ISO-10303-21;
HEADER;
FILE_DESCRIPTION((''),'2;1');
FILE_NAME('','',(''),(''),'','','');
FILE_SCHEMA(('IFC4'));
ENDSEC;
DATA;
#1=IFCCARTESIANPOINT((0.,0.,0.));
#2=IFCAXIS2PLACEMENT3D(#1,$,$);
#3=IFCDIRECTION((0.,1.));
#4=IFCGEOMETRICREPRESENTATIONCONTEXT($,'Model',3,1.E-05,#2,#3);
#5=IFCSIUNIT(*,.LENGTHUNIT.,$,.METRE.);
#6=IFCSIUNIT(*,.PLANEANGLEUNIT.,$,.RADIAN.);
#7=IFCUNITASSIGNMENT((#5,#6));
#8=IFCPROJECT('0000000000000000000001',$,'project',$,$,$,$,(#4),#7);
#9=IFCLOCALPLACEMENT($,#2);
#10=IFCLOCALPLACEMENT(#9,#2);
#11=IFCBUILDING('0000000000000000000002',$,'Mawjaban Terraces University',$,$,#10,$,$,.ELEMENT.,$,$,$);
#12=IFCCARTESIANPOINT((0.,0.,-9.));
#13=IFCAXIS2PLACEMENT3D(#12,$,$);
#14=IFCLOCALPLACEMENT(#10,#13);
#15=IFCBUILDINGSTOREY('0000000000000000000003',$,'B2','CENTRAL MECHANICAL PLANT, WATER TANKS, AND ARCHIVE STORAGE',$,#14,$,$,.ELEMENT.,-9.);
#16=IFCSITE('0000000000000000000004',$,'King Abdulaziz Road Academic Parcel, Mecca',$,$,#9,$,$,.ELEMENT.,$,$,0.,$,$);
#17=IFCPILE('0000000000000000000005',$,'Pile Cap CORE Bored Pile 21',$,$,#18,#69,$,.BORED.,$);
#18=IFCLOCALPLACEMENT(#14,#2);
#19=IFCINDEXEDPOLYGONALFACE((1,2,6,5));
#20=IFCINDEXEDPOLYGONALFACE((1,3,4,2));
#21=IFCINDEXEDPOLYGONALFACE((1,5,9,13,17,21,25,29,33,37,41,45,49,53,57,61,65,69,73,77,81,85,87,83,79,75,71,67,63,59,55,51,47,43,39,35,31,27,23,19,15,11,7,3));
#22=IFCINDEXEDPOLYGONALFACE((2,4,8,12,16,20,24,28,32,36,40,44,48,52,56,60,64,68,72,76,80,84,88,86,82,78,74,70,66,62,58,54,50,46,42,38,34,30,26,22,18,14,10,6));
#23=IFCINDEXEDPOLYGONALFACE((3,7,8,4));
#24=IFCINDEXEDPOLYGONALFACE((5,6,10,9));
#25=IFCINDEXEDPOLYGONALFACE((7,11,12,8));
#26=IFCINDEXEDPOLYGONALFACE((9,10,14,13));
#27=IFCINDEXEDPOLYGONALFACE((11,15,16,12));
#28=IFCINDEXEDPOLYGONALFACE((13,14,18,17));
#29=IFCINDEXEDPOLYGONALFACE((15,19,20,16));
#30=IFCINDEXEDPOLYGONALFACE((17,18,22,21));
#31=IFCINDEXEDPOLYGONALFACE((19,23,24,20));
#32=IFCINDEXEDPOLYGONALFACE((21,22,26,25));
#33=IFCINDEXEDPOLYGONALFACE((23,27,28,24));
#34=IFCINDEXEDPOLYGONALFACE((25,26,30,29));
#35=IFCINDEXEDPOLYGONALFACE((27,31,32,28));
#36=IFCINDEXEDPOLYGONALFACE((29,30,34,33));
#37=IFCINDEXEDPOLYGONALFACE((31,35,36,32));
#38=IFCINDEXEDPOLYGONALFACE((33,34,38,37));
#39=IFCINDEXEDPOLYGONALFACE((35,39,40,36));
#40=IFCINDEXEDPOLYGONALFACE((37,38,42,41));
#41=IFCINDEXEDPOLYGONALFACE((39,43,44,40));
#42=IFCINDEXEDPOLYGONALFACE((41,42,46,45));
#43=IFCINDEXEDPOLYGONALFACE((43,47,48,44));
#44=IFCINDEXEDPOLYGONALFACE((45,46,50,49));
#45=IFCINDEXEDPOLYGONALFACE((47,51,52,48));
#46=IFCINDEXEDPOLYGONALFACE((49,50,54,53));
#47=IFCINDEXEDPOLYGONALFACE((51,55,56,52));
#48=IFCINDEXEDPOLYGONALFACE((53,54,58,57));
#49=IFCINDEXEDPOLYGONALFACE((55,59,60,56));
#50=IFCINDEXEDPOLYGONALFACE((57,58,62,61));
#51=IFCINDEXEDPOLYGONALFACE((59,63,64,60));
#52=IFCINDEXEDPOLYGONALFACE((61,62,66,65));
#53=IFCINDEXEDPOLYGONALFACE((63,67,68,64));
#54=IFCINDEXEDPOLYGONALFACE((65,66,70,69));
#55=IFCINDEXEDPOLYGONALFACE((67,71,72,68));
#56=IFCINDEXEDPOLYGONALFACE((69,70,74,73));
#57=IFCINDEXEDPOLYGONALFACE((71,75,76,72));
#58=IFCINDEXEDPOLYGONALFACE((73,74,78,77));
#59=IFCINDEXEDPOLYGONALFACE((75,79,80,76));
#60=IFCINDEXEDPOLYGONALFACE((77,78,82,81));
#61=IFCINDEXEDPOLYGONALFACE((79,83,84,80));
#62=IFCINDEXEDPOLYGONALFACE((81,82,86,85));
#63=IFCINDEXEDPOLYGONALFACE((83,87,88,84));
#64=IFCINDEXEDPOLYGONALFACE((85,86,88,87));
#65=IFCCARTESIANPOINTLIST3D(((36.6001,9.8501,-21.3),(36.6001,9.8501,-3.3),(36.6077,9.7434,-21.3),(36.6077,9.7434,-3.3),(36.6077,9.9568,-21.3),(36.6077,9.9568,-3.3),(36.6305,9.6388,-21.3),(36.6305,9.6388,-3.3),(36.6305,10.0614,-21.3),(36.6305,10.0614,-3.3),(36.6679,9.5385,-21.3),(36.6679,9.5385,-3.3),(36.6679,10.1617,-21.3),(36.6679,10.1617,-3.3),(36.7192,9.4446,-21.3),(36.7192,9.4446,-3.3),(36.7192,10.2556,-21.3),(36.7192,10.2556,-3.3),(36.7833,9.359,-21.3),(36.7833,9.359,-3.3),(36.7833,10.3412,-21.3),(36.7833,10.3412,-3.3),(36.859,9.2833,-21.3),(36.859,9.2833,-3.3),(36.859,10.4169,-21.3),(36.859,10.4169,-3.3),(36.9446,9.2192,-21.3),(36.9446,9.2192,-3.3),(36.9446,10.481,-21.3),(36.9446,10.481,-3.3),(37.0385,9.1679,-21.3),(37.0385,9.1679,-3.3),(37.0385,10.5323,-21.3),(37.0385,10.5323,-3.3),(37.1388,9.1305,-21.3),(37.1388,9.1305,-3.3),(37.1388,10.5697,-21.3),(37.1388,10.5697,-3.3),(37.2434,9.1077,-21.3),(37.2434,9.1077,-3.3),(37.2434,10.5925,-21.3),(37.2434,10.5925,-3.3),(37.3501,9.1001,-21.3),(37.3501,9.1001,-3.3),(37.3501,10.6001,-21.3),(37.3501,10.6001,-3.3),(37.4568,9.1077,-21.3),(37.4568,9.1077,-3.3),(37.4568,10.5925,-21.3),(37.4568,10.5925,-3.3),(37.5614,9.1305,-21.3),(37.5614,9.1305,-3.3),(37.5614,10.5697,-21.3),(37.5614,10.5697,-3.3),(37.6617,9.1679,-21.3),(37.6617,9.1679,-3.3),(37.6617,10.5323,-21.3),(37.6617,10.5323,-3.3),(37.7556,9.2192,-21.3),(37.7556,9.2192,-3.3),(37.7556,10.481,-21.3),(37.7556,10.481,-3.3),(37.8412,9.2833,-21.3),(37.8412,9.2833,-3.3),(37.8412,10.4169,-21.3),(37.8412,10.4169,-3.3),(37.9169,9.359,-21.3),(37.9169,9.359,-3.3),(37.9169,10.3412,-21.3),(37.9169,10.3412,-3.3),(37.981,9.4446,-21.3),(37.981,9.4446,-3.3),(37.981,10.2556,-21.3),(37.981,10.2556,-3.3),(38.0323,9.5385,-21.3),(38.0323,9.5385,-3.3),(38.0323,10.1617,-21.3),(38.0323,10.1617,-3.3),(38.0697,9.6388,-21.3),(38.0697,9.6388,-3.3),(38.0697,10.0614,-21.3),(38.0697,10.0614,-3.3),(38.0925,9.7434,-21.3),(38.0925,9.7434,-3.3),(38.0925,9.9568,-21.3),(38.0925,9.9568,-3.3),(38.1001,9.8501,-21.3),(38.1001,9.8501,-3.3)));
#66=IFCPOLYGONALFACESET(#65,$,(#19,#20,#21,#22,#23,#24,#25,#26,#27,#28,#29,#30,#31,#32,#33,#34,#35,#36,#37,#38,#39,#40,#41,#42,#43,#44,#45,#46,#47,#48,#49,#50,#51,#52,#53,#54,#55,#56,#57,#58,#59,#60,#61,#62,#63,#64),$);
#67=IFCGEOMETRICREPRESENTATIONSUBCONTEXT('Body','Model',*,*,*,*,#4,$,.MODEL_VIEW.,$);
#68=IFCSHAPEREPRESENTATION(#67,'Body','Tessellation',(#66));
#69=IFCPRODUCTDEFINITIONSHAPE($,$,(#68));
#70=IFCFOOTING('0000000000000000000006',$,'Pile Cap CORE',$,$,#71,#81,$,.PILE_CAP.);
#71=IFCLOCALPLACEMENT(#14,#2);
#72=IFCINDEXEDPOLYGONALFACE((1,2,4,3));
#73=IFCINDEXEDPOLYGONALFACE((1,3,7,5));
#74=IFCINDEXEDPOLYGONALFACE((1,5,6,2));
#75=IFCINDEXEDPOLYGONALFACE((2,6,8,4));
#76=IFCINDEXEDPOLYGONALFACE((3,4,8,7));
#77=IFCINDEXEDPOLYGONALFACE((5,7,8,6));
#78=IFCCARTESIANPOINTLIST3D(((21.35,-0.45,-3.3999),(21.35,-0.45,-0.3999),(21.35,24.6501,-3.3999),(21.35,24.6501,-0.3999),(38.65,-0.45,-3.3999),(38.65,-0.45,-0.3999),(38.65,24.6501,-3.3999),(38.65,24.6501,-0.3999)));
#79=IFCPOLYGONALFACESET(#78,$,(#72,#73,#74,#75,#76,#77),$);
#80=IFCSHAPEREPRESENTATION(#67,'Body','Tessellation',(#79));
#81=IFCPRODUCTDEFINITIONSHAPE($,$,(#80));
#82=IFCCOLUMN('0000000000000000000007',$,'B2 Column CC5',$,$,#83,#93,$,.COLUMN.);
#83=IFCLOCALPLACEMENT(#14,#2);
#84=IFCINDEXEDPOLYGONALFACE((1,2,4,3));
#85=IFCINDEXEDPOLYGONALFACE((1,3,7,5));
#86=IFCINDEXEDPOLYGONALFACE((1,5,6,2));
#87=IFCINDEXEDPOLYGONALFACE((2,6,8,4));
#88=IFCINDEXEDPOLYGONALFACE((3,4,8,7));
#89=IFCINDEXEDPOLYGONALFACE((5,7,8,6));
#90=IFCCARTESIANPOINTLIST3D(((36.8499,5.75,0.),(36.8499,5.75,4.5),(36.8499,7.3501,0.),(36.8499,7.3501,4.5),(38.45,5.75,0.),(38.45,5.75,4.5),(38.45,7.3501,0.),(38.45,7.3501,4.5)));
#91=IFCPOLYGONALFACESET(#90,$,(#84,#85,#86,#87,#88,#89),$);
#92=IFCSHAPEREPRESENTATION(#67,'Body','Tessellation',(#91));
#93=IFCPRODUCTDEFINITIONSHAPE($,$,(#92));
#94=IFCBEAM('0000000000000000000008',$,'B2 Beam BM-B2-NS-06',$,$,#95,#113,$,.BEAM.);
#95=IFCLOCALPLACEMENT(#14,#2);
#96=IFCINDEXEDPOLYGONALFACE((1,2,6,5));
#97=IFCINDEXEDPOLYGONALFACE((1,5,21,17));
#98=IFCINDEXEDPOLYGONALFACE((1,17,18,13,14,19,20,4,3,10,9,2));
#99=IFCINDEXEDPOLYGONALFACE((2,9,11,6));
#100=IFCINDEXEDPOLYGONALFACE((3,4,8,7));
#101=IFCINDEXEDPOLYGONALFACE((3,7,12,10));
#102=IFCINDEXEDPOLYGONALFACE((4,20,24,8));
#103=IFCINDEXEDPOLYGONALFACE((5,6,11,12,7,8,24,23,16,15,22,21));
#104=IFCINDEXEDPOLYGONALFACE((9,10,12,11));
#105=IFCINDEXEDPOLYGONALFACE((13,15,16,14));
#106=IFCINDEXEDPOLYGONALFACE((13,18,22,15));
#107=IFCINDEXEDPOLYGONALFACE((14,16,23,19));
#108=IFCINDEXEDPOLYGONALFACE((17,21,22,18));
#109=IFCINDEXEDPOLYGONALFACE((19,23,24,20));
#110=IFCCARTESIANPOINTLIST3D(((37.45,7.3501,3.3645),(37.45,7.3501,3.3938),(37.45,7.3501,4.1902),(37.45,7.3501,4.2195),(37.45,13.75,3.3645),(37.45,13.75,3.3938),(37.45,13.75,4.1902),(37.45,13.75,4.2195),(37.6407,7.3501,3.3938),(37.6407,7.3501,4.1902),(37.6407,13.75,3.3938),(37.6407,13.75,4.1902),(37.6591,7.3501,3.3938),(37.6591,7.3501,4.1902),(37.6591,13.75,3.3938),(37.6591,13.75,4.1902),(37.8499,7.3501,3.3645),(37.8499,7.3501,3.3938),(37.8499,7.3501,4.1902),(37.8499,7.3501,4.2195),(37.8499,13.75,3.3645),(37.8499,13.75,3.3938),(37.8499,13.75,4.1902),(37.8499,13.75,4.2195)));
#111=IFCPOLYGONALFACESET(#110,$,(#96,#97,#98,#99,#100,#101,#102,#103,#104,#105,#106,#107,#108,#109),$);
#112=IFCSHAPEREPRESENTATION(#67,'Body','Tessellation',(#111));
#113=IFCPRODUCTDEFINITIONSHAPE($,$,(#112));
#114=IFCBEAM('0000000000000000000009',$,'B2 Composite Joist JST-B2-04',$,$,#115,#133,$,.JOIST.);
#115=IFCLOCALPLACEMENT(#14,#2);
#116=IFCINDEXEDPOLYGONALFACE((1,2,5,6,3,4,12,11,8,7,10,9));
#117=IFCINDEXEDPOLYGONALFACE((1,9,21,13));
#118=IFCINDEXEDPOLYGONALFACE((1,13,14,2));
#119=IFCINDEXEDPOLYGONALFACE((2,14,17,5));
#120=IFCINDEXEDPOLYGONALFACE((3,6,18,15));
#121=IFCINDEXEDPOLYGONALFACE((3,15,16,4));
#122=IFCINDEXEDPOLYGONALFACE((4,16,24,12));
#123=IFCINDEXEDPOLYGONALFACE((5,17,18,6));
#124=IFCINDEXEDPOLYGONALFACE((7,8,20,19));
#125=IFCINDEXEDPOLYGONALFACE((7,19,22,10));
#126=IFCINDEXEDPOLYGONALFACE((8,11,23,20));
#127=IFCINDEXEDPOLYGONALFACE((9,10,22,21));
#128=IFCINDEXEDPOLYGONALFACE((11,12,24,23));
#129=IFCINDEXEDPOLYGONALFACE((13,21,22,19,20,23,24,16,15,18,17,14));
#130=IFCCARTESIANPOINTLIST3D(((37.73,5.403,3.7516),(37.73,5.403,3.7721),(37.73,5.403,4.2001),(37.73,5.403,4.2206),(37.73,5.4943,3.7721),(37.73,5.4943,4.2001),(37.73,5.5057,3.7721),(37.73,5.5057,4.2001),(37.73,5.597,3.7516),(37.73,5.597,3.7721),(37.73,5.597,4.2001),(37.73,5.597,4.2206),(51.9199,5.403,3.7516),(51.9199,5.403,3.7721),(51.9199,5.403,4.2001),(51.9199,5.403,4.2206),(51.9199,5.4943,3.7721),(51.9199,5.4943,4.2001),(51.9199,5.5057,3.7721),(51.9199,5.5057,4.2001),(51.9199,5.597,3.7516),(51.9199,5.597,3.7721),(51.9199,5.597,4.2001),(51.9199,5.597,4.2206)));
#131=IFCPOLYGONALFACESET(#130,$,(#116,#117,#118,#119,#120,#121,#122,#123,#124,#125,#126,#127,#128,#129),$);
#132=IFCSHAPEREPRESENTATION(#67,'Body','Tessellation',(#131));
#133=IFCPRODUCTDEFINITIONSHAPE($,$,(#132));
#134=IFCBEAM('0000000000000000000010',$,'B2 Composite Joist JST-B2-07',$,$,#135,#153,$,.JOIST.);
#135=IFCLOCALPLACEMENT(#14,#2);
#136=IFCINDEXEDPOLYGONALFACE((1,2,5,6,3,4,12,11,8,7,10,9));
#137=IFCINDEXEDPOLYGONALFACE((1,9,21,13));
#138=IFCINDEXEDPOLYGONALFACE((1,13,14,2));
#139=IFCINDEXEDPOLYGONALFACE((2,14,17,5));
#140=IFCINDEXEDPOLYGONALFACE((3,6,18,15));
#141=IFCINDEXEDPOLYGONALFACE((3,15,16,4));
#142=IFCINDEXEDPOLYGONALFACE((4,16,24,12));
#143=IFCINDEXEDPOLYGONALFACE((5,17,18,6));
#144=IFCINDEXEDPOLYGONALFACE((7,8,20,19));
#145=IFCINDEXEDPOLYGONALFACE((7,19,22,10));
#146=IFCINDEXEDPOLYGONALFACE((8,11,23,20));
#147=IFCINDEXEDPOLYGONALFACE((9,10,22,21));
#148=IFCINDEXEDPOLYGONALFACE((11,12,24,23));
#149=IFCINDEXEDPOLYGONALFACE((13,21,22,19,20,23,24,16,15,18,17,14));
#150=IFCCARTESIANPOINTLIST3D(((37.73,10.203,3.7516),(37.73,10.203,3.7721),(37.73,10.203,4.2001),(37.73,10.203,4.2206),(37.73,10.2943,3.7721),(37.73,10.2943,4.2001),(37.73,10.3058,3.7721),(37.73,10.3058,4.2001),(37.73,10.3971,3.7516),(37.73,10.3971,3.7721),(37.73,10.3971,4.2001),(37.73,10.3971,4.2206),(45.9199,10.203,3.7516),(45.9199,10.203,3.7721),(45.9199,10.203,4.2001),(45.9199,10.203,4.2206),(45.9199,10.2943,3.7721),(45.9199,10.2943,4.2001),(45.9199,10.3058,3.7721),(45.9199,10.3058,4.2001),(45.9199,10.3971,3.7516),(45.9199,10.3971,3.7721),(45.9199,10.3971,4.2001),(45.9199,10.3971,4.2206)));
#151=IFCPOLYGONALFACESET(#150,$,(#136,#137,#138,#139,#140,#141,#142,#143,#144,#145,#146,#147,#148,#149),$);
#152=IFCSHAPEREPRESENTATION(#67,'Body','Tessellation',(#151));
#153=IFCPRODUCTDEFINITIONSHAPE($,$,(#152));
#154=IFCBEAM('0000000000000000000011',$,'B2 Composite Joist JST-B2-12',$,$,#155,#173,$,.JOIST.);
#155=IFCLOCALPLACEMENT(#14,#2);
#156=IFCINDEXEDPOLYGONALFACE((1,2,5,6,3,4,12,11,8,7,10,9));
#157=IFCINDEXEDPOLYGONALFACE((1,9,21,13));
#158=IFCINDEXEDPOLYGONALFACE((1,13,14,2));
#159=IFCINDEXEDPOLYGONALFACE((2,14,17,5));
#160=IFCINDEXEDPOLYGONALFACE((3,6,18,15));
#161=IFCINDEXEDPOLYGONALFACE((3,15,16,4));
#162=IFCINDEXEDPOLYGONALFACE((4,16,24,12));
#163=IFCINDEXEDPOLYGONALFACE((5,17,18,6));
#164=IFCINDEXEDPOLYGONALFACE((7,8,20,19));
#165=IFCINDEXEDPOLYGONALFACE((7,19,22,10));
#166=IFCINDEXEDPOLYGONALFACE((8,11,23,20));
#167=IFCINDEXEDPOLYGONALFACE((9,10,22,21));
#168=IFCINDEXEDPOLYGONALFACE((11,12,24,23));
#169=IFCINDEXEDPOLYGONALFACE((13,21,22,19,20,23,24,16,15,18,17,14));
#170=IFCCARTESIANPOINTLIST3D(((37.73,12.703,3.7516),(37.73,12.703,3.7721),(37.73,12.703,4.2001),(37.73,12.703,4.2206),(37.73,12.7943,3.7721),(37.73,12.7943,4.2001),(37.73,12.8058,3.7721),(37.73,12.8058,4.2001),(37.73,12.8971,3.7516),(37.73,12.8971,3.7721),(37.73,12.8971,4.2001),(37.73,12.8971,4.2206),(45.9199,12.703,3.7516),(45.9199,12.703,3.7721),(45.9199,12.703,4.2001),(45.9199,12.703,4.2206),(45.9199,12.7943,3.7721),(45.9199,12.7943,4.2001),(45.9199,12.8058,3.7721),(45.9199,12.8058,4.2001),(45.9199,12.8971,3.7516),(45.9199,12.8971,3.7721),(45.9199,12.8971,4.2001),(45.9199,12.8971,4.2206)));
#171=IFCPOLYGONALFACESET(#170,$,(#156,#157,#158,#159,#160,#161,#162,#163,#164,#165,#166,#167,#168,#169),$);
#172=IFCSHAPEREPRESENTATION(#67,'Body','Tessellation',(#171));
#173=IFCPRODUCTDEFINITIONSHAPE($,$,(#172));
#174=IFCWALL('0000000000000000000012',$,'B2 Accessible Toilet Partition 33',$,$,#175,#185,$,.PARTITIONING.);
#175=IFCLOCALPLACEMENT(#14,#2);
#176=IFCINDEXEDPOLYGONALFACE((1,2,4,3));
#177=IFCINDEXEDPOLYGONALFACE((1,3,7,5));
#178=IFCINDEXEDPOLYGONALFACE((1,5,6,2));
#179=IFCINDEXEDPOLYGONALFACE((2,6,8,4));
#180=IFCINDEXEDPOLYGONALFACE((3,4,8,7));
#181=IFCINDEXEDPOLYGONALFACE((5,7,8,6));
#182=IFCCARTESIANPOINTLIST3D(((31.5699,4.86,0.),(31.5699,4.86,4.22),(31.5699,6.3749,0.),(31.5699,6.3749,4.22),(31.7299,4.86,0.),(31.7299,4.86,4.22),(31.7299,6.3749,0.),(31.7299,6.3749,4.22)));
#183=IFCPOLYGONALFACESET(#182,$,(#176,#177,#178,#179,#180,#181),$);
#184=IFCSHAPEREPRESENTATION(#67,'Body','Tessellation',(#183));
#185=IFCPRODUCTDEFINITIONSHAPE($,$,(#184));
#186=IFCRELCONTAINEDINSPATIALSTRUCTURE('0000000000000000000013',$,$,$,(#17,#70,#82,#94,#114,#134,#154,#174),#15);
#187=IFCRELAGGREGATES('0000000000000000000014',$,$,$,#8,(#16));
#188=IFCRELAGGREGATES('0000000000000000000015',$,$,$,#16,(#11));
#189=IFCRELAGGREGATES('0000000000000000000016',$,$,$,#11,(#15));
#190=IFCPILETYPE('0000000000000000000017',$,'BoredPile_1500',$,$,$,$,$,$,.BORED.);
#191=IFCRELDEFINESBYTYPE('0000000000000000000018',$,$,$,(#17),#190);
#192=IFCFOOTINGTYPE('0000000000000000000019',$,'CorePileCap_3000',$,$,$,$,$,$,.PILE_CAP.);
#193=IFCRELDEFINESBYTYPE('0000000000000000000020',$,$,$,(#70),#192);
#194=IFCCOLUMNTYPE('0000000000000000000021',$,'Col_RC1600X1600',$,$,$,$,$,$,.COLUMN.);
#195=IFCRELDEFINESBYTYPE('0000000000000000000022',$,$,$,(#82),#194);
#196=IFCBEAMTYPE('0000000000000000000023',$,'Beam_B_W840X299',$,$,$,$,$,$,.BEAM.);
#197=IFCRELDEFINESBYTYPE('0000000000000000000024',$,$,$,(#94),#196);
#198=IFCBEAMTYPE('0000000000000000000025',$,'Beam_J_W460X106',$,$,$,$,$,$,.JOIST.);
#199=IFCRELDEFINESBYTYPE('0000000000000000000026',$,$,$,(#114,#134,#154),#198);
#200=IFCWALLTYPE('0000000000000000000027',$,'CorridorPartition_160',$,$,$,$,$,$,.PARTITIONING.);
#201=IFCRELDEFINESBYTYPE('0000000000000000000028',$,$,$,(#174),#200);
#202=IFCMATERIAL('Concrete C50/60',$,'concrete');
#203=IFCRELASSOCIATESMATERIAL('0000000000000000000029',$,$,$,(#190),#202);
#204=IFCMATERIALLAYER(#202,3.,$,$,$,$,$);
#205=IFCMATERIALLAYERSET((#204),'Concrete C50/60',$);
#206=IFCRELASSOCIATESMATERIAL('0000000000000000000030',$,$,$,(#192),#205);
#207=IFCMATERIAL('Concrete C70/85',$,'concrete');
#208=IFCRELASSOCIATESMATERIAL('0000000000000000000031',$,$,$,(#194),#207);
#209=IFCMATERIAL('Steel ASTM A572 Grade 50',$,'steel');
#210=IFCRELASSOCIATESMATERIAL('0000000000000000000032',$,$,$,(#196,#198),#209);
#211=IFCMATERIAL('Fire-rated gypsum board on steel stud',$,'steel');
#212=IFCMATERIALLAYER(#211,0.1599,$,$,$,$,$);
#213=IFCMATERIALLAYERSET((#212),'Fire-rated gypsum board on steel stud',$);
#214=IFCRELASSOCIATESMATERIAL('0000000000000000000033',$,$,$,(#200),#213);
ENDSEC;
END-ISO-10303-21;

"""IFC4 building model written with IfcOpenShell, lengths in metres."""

from ifc_helpers import new_model, si_unit, direction, frame, frame_2d, origin, origin_2d, place, context, subcontext, project, spatial, rectangle, circle, i_section, extrude, material, layer, layer_set, material_profile, profile_set, type_object, element, save


model = new_model("IFC4")

# Units and contexts
model_context = context("Model", 3, precision=1e-05, world=origin(), true_north=direction((0.0, 1.0)))
body_context = subcontext(model_context, "Body", "Model", "MODEL_VIEW")
ifc_project = project(units=[si_unit("LENGTHUNIT", "METRE"), si_unit("PLANEANGLEUNIT", "RADIAN")], contexts=[model_context])

# Site, building, storey
site_placement = place(None, origin())
site = spatial("IfcSite", under=ifc_project, at=site_placement, Name="King Abdulaziz Road Academic Parcel, Mecca", CompositionType="ELEMENT", RefElevation=0.0)
building_placement = place(site_placement, origin())
building = spatial("IfcBuilding", under=site, at=building_placement, Name="Mawjaban Terraces University", CompositionType="ELEMENT")
storey_placement = place(building_placement, frame((0.0, 0.0, -9.0)))
storey = spatial("IfcBuildingStorey", under=building, at=storey_placement, Name="B2", Description="CENTRAL MECHANICAL PLANT, WATER TANKS, AND ARCHIVE STORAGE", CompositionType="ELEMENT", Elevation=-9.0)

# Pile
ifc_material_1 = material(Name="Concrete C50/60", Category="concrete")
ifc_material_profile_1 = material_profile(ifc_material_1, circle(Radius=0.75, at=origin_2d()), Name="PILE1500")
ifc_profile_set_1 = profile_set([ifc_material_profile_1], Name="Concrete C50/60")
pile_type = type_object("IfcPileType", Name="BoredPile_1500", PredefinedType="BORED", material=ifc_profile_set_1)
for number, where, z_axis, x_axis, name in (
    (1, (37.3501, 9.8501, -3.3), (0.0, 0.0, -1.0), (1.0, 0.0, 0.0), "Pile Cap CORE Bored Pile 21"),
):
    element("IfcPile", number, at=place(storey_placement, frame(where, z_axis=z_axis, x_axis=x_axis)), inside=storey, type_object=pile_type, Name=name, PredefinedType="BORED", context=body_context, shape_type="SweptSolid", body=[
        extrude(circle(Radius=0.75, at=origin_2d()), origin(), (0.0, 0.0, 1.0), 18.0),
    ])

# Footing
ifc_layer_1 = layer(ifc_material_1, 3.0)
ifc_layer_set_1 = layer_set([ifc_layer_1], Name="Concrete C50/60")
footing_type = type_object("IfcFootingType", Name="CorePileCap_3000", PredefinedType="PILE_CAP", material=ifc_layer_set_1)
footing_placement = place(storey_placement, frame((30.0, 12.1001, -3.3999), z_axis=(0.0, 0.0, 1.0), x_axis=(1.0, 0.0, 0.0)))
element("IfcFooting", 2, at=footing_placement, inside=storey, type_object=footing_type, Name="Pile Cap CORE", PredefinedType="PILE_CAP", context=body_context, shape_type="SweptSolid", body=[
    extrude(rectangle(XDim=17.3, YDim=25.1001, at=origin_2d()), origin(), (0.0, 0.0, 1.0), 3.0),
])

# Column
ifc_material_2 = material(Name="Concrete C70/85", Category="concrete")
ifc_material_profile_2 = material_profile(ifc_material_2, rectangle(XDim=1.6001, YDim=1.6001, at=origin_2d()), Name="RC1600X1600")
ifc_profile_set_2 = profile_set([ifc_material_profile_2], Name="Concrete C70/85")
column_type = type_object("IfcColumnType", Name="Col_RC1600X1600", PredefinedType="COLUMN", material=ifc_profile_set_2)
column_placement = place(storey_placement, frame((37.6499, 6.55, 0.0), z_axis=(0.0, 0.0, 1.0), x_axis=(1.0, 0.0, 0.0)))
element("IfcColumn", 3, at=column_placement, inside=storey, type_object=column_type, Name="B2 Column CC5", PredefinedType="COLUMN", context=body_context, shape_type="SweptSolid", body=[
    extrude(rectangle(XDim=1.6001, YDim=1.6001, at=origin_2d()), origin(), (0.0, 0.0, 1.0), 4.5),
])

# Beams
ifc_material_3 = material(Name="Steel ASTM A572 Grade 50", Category="steel")
ifc_material_profile_3 = material_profile(ifc_material_3, i_section(OverallWidth=0.3999, OverallDepth=0.855, WebThickness=0.0183, FlangeThickness=0.0293, at=origin_2d()), Name="W840X299")
ifc_profile_set_3 = profile_set([ifc_material_profile_3], Name="Steel ASTM A572 Grade 50")
beam_type_1 = type_object("IfcBeamType", Name="Beam_B_W840X299", PredefinedType="BEAM", material=ifc_profile_set_3)
beam_1_placement = place(storey_placement, frame((37.6499, 7.3501, 3.792), z_axis=(0.0, 1.0, 0.0), x_axis=(-1.0, 0.0, 0.0)))
element("IfcBeam", 4, at=beam_1_placement, inside=storey, type_object=beam_type_1, Name="B2 Beam BM-B2-NS-06", PredefinedType="BEAM", context=body_context, shape_type="SweptSolid", body=[
    extrude(i_section(OverallWidth=0.3999, OverallDepth=0.855, WebThickness=0.0183, FlangeThickness=0.0293, at=origin_2d()), origin(), (0.0, 0.0, 1.0), 6.3999),
])
ifc_material_profile_4 = material_profile(ifc_material_3, i_section(OverallWidth=0.1941, OverallDepth=0.469, WebThickness=0.0115, FlangeThickness=0.0205, at=origin_2d()), Name="W460X106")
ifc_profile_set_4 = profile_set([ifc_material_profile_4], Name="Steel ASTM A572 Grade 50")
beam_type_2 = type_object("IfcBeamType", Name="Beam_J_W460X106", PredefinedType="JOIST", material=ifc_profile_set_4)
beam_2_placement = place(storey_placement, frame((37.73, 5.5, 3.9861), z_axis=(1.0, 0.0, 0.0), x_axis=(0.0, 1.0, 0.0)))
element("IfcBeam", 5, at=beam_2_placement, inside=storey, type_object=beam_type_2, Name="B2 Composite Joist JST-B2-04", PredefinedType="JOIST", context=body_context, shape_type="SweptSolid", body=[
    extrude(i_section(OverallWidth=0.1941, OverallDepth=0.469, WebThickness=0.0115, FlangeThickness=0.0205, at=origin_2d()), origin(), (0.0, 0.0, 1.0), 14.1899),
])
for number, where, z_axis, x_axis, name in (
    (6, (37.73, 10.3, 3.9861), (1.0, 0.0, 0.0), (0.0, 1.0, 0.0), "B2 Composite Joist JST-B2-07"),
    (7, (37.73, 12.8, 3.9861), (1.0, 0.0, 0.0), (0.0, 1.0, 0.0), "B2 Composite Joist JST-B2-12"),
):
    element("IfcBeam", number, at=place(storey_placement, frame(where, z_axis=z_axis, x_axis=x_axis)), inside=storey, type_object=beam_type_2, Name=name, PredefinedType="JOIST", context=body_context, shape_type="SweptSolid", body=[
        extrude(i_section(OverallWidth=0.1941, OverallDepth=0.469, WebThickness=0.0115, FlangeThickness=0.0205, at=origin_2d()), origin(), (0.0, 0.0, 1.0), 8.1899),
    ])

# Wall
ifc_material_4 = material(Name="Fire-rated gypsum board on steel stud", Category="steel")
ifc_layer_2 = layer(ifc_material_4, 0.1599)
ifc_layer_set_2 = layer_set([ifc_layer_2], Name="Fire-rated gypsum board on steel stud")
wall_type_1 = type_object("IfcWallType", Name="CorridorPartition_160", PredefinedType="PARTITIONING", material=ifc_layer_set_2)
wall_1_placement = place(storey_placement, frame((31.6499, 4.8601, 0.0), z_axis=(0.0, 0.0, 1.0), x_axis=(0.0, 1.0, 0.0)))
element("IfcWall", 8, at=wall_1_placement, inside=storey, type_object=wall_type_1, Name="B2 Accessible Toilet Partition 33", PredefinedType="PARTITIONING", context=body_context, shape_type="SweptSolid", body=[
    extrude(rectangle(XDim=1.5149, YDim=0.1599, at=frame_2d((0.7573, 0.0))), origin(), (0.0, 0.0, 1.0), 4.22),
])

save(model, "model.ifc")
